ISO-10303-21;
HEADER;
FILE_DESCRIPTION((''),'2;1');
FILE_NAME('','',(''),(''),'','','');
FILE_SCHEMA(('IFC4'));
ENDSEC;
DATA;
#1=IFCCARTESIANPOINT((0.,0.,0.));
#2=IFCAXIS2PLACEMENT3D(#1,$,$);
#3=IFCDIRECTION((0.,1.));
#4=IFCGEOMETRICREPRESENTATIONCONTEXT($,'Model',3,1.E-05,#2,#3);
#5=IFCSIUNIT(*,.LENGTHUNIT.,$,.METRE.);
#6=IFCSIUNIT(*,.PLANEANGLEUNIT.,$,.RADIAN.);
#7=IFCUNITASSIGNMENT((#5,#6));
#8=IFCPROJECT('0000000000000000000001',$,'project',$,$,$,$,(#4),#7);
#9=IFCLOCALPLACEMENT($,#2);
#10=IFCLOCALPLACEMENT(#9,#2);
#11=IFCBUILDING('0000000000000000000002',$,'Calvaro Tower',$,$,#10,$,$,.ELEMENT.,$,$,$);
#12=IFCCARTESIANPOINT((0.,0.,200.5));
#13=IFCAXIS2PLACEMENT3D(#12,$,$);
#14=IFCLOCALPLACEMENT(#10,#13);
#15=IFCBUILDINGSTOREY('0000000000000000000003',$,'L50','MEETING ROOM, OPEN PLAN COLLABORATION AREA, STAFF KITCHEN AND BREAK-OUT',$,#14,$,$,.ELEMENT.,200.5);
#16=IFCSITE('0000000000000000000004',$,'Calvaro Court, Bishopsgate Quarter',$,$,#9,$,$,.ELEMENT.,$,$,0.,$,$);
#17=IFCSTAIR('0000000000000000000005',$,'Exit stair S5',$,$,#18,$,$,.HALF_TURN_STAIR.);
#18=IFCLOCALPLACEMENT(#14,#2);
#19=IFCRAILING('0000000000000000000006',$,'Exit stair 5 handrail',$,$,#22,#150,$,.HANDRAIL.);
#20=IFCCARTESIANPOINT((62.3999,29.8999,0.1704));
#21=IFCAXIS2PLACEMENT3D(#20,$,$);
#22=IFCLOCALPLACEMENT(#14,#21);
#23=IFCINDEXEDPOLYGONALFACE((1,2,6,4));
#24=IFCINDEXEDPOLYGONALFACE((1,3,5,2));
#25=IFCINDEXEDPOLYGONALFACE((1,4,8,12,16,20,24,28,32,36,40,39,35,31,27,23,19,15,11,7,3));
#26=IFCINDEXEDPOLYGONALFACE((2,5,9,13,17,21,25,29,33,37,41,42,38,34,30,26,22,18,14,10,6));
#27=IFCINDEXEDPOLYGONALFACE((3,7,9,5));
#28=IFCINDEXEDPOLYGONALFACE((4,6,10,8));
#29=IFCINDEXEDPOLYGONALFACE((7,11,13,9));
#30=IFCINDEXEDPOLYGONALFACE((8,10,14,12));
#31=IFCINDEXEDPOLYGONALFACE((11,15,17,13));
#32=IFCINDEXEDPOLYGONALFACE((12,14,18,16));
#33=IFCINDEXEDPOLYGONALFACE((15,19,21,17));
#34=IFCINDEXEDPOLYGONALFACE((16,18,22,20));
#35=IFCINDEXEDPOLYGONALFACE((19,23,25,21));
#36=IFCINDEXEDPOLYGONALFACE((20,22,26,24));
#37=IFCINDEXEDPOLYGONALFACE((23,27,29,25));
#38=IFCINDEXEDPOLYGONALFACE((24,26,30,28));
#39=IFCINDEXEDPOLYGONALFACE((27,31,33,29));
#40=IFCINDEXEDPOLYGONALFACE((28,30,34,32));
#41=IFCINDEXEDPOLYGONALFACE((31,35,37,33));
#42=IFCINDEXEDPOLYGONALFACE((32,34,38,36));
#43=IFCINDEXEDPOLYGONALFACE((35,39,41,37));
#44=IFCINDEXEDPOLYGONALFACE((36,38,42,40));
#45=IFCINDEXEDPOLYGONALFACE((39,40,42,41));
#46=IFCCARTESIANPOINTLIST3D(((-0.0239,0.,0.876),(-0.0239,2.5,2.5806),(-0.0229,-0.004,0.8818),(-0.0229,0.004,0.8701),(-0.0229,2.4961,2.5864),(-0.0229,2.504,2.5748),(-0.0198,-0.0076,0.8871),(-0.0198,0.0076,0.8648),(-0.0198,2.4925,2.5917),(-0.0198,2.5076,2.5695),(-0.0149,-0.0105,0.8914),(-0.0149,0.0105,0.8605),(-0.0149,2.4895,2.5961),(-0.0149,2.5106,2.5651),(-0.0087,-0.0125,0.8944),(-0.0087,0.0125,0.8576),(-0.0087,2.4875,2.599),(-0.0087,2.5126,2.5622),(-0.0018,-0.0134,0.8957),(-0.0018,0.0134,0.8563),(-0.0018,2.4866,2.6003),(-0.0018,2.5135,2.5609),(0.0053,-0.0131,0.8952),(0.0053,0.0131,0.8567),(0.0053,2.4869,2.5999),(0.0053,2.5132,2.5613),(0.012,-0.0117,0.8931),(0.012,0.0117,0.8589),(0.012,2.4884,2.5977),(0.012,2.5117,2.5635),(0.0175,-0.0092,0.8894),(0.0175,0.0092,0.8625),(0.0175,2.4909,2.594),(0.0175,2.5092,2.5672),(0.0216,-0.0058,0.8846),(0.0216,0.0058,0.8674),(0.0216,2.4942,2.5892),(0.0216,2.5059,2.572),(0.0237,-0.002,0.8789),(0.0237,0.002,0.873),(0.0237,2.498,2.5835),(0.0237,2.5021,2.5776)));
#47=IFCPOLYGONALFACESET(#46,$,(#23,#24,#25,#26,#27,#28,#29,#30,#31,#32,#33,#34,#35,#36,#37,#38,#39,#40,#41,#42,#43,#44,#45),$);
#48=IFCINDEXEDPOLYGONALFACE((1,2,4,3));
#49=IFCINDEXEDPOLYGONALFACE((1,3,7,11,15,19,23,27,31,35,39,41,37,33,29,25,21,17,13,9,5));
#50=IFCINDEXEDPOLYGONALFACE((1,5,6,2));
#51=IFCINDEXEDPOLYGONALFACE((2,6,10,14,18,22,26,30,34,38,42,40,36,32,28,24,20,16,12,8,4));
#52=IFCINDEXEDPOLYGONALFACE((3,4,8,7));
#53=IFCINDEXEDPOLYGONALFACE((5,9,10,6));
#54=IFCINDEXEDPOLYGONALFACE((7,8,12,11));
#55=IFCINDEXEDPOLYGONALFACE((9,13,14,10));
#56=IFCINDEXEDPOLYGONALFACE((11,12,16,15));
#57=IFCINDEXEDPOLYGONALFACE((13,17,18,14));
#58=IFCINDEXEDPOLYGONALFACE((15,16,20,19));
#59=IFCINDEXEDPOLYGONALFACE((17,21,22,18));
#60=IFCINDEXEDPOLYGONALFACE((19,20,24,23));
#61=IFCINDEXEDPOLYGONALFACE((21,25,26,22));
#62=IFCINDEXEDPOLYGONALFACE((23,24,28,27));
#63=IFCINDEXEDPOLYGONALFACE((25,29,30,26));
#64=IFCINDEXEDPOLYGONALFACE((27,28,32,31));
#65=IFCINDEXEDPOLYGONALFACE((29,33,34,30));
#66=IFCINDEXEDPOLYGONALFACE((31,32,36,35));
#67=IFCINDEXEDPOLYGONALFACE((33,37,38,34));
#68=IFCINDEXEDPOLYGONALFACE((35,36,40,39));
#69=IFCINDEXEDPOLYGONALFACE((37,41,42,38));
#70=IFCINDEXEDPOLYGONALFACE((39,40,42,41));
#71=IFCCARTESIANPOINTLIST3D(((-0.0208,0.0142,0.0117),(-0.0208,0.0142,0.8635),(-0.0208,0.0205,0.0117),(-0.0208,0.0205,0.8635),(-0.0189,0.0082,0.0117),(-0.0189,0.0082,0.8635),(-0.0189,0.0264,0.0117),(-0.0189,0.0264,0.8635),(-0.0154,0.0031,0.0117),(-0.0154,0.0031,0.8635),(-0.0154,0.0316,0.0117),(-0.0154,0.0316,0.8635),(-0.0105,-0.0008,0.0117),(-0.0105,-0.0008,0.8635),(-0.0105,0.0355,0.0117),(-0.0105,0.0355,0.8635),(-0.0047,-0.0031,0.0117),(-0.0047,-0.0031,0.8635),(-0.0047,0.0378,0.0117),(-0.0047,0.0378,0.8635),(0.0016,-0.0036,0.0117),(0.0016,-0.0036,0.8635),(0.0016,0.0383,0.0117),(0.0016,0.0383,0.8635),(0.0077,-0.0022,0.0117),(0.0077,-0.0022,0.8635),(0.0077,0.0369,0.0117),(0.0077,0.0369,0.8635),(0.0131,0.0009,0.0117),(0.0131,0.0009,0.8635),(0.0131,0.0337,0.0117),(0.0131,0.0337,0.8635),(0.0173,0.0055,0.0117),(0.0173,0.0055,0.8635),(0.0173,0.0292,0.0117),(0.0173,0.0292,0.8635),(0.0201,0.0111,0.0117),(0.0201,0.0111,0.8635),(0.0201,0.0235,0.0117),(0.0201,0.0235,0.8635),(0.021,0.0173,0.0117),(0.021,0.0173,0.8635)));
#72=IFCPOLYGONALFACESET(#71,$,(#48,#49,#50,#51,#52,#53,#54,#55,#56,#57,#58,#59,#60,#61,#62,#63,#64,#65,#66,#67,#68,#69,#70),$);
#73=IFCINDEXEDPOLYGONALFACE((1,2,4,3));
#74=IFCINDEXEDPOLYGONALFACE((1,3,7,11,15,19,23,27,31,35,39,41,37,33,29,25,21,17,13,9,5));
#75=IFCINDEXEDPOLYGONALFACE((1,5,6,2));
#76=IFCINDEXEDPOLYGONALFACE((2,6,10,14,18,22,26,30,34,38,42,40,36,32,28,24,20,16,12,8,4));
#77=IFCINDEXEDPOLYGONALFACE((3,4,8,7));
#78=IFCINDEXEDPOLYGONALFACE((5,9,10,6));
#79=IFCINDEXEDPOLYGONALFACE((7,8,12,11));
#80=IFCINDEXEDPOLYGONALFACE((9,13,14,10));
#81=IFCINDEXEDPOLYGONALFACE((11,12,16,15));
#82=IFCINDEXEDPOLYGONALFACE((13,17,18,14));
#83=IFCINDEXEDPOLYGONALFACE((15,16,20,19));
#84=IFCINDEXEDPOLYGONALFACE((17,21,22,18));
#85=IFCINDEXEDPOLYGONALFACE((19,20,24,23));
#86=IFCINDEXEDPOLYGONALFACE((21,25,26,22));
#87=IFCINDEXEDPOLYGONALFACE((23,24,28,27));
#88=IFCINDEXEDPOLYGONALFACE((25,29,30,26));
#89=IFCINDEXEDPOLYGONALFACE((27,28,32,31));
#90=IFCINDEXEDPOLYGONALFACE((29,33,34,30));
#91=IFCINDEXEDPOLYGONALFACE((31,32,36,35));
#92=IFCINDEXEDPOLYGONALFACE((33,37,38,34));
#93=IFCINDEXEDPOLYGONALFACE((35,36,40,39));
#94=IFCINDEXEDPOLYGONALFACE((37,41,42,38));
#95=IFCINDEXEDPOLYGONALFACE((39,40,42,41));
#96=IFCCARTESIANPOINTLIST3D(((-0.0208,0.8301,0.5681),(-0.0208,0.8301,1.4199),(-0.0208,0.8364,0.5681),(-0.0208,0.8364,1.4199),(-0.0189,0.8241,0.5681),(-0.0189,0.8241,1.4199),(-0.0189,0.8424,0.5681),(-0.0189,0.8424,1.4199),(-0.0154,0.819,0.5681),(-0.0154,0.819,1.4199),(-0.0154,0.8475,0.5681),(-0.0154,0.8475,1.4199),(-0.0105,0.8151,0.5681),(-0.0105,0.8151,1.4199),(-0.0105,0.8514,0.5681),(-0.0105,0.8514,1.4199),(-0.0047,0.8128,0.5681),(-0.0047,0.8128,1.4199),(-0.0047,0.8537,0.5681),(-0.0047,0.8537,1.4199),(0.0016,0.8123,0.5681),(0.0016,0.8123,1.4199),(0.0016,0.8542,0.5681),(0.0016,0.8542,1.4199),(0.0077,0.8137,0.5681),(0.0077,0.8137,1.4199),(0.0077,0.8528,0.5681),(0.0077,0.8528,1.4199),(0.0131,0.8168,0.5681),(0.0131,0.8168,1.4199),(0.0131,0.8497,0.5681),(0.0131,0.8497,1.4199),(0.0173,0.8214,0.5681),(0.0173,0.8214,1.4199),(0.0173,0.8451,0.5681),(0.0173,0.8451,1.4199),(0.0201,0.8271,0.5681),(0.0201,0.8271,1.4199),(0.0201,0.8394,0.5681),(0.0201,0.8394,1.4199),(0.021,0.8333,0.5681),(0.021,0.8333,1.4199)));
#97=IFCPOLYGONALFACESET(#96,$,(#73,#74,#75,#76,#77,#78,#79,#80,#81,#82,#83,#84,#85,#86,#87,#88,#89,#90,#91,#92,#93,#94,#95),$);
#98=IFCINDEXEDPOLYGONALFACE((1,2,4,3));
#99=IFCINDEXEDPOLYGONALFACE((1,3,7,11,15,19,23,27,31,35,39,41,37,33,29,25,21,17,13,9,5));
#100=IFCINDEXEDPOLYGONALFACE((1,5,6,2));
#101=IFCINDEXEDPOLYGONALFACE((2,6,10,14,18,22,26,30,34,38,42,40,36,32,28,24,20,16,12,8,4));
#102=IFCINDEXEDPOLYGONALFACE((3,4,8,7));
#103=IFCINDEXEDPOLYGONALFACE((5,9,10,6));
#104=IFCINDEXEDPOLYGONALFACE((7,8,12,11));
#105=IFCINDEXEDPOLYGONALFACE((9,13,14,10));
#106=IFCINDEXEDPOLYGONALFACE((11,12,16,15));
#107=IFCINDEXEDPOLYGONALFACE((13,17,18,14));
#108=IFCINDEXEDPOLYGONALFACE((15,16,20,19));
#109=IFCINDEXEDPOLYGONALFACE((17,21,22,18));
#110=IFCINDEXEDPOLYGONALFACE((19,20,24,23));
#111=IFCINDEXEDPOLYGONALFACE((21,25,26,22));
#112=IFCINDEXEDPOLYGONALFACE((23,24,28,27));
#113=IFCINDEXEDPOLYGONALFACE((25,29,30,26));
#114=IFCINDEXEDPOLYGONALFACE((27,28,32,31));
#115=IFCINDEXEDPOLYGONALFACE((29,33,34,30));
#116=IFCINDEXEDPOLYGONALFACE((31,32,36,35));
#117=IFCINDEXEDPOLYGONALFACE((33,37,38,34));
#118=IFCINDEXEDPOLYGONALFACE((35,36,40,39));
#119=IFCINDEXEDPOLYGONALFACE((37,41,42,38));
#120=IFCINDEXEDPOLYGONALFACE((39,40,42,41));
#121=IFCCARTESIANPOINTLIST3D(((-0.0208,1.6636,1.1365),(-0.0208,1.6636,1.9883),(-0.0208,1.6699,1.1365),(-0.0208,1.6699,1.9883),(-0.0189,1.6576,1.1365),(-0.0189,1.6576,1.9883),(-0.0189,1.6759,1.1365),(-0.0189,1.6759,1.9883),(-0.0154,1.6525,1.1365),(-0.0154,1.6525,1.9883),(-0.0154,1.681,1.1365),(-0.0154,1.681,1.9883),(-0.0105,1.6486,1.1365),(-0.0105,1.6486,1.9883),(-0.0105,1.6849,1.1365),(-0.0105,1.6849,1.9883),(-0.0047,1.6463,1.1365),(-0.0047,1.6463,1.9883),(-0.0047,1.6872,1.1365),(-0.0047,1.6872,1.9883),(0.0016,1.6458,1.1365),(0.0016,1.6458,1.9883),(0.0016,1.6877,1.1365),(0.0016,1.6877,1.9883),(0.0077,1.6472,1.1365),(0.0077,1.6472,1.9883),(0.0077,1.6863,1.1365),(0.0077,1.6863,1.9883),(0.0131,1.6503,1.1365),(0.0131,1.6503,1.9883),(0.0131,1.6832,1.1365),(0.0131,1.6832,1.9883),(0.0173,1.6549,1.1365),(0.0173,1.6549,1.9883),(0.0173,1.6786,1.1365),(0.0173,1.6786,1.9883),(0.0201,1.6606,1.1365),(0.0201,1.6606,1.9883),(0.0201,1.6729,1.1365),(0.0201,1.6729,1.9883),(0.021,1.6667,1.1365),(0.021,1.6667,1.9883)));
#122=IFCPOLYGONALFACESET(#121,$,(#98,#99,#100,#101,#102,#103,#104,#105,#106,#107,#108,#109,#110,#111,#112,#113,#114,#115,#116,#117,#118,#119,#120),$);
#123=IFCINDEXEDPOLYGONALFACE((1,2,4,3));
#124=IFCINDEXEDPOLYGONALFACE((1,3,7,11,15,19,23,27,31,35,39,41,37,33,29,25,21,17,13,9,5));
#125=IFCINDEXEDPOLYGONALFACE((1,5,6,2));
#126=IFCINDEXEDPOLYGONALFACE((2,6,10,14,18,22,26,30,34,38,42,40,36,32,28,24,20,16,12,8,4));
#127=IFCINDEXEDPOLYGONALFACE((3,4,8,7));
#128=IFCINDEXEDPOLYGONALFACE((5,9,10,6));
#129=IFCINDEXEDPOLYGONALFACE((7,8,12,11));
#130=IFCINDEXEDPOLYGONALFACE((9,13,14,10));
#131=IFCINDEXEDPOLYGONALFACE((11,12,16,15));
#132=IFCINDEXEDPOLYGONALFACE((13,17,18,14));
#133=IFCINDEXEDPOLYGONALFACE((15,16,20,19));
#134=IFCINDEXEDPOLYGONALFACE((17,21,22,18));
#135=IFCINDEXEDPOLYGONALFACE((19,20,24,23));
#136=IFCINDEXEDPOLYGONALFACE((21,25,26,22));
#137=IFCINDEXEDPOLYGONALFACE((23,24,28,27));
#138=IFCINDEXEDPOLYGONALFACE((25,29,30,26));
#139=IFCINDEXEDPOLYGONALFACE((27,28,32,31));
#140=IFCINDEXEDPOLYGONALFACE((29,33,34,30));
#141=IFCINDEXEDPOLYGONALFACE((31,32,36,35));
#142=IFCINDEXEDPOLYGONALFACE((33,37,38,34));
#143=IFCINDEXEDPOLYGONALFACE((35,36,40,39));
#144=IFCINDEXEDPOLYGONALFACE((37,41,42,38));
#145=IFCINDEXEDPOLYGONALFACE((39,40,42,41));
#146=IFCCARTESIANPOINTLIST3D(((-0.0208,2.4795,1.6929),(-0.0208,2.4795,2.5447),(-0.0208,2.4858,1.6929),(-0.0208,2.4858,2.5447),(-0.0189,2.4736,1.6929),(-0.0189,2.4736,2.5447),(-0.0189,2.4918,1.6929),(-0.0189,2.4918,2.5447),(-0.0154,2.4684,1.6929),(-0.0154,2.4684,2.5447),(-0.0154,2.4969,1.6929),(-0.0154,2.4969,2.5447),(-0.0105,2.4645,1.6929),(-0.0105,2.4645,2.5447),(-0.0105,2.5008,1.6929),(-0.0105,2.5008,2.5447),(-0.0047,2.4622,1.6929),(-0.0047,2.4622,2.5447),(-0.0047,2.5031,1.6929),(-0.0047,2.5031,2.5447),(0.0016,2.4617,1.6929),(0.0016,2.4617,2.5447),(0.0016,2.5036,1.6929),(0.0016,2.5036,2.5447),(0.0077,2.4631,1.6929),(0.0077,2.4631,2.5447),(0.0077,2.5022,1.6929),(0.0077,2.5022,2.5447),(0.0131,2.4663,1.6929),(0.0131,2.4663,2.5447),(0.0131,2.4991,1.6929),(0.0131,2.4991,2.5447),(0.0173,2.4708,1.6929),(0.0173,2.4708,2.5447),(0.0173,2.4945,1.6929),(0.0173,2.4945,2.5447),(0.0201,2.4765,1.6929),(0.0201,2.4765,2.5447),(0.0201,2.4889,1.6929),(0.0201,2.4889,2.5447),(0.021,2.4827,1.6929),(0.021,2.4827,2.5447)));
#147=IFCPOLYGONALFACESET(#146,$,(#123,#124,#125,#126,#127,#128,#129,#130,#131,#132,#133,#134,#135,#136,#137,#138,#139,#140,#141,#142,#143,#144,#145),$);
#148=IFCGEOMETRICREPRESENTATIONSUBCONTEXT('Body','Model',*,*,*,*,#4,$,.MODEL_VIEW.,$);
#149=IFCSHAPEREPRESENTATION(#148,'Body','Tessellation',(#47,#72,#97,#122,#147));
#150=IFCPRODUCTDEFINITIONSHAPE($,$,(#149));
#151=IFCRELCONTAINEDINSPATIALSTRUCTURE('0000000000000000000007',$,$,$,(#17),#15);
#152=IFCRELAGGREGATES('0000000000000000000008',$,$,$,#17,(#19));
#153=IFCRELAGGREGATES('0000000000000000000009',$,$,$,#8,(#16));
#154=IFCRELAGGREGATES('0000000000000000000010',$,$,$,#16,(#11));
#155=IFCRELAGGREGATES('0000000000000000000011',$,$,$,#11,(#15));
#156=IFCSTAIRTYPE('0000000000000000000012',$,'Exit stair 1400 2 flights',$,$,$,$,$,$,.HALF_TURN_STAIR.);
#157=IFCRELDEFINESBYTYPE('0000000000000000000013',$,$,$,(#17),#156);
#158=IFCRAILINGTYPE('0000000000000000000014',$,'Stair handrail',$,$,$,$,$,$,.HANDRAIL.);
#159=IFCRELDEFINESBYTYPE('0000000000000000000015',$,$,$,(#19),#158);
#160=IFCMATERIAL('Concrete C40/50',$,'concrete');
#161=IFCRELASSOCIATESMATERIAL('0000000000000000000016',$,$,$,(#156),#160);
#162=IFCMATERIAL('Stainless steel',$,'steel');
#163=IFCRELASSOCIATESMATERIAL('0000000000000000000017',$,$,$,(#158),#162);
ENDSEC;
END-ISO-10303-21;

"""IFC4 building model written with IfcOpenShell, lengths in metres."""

from ifc_helpers import new_model, si_unit, direction, frame, origin, origin_2d, place, context, subcontext, project, spatial, circle, extrude, material, type_object, element, aggregate, save


model = new_model("IFC4")

# Units and contexts
model_context = context("Model", 3, precision=1e-05, world=origin(), true_north=direction((0.0, 1.0)))
body_context = subcontext(model_context, "Body", "Model", "MODEL_VIEW")
ifc_project = project(units=[si_unit("LENGTHUNIT", "METRE"), si_unit("PLANEANGLEUNIT", "RADIAN")], contexts=[model_context])

# Site, building, storey
site_placement = place(None, origin())
site = spatial("IfcSite", under=ifc_project, at=site_placement, Name="Calvaro Court, Bishopsgate Quarter", CompositionType="ELEMENT", RefElevation=0.0)
building_placement = place(site_placement, origin())
building = spatial("IfcBuilding", under=site, at=building_placement, Name="Calvaro Tower", CompositionType="ELEMENT")
storey_placement = place(building_placement, frame((0.0, 0.0, 200.5)))
storey = spatial("IfcBuildingStorey", under=building, at=storey_placement, Name="L50", Description="MEETING ROOM, OPEN PLAN COLLABORATION AREA, STAFF KITCHEN AND BREAK-OUT", CompositionType="ELEMENT", Elevation=200.5)

# Stair
ifc_material_1 = material(Name="Concrete C40/50", Category="concrete")
stair_type = type_object("IfcStairType", Name="Exit stair 1400 2 flights", PredefinedType="HALF_TURN_STAIR", material=ifc_material_1)
stair_1_placement = place(storey_placement, origin())
stair_1 = element("IfcStair", 1, at=stair_1_placement, inside=storey, type_object=stair_type, Name="Exit stair S5", PredefinedType="HALF_TURN_STAIR")

# Railing
ifc_material_2 = material(Name="Stainless steel", Category="steel")
railing_type = type_object("IfcRailingType", Name="Stair handrail", PredefinedType="HANDRAIL", material=ifc_material_2)
railing_1_placement = place(storey_placement, frame((62.3999, 29.8999, 0.1704)))
railing_1 = element("IfcRailing", 2, at=railing_1_placement, type_object=railing_type, Name="Exit stair 5 handrail", PredefinedType="HANDRAIL", context=body_context, shape_type="SweptSolid", body=[
    extrude(circle(Radius=0.0239, at=origin_2d()), frame((0.0, 0.0, 0.876), z_axis=(0.0, 0.826221, 0.563347), x_axis=(-1.0, 0.0, 0.0)), (0.0, 0.0, 1.0), 3.0259),
    extrude(circle(Radius=0.021, at=origin_2d()), frame((0.0, 0.0173, 0.0117)), (0.0, 0.0, 1.0), 0.8518),
    extrude(circle(Radius=0.021, at=origin_2d()), frame((0.0, 0.8333, 0.5681)), (0.0, 0.0, 1.0), 0.8518),
    extrude(circle(Radius=0.021, at=origin_2d()), frame((0.0, 1.6667, 1.1365)), (0.0, 0.0, 1.0), 0.8518),
    extrude(circle(Radius=0.021, at=origin_2d()), frame((0.0, 2.4827, 1.6929)), (0.0, 0.0, 1.0), 0.8518),
])
aggregate(stair_1, [railing_1])

save(model, "model.ifc")
